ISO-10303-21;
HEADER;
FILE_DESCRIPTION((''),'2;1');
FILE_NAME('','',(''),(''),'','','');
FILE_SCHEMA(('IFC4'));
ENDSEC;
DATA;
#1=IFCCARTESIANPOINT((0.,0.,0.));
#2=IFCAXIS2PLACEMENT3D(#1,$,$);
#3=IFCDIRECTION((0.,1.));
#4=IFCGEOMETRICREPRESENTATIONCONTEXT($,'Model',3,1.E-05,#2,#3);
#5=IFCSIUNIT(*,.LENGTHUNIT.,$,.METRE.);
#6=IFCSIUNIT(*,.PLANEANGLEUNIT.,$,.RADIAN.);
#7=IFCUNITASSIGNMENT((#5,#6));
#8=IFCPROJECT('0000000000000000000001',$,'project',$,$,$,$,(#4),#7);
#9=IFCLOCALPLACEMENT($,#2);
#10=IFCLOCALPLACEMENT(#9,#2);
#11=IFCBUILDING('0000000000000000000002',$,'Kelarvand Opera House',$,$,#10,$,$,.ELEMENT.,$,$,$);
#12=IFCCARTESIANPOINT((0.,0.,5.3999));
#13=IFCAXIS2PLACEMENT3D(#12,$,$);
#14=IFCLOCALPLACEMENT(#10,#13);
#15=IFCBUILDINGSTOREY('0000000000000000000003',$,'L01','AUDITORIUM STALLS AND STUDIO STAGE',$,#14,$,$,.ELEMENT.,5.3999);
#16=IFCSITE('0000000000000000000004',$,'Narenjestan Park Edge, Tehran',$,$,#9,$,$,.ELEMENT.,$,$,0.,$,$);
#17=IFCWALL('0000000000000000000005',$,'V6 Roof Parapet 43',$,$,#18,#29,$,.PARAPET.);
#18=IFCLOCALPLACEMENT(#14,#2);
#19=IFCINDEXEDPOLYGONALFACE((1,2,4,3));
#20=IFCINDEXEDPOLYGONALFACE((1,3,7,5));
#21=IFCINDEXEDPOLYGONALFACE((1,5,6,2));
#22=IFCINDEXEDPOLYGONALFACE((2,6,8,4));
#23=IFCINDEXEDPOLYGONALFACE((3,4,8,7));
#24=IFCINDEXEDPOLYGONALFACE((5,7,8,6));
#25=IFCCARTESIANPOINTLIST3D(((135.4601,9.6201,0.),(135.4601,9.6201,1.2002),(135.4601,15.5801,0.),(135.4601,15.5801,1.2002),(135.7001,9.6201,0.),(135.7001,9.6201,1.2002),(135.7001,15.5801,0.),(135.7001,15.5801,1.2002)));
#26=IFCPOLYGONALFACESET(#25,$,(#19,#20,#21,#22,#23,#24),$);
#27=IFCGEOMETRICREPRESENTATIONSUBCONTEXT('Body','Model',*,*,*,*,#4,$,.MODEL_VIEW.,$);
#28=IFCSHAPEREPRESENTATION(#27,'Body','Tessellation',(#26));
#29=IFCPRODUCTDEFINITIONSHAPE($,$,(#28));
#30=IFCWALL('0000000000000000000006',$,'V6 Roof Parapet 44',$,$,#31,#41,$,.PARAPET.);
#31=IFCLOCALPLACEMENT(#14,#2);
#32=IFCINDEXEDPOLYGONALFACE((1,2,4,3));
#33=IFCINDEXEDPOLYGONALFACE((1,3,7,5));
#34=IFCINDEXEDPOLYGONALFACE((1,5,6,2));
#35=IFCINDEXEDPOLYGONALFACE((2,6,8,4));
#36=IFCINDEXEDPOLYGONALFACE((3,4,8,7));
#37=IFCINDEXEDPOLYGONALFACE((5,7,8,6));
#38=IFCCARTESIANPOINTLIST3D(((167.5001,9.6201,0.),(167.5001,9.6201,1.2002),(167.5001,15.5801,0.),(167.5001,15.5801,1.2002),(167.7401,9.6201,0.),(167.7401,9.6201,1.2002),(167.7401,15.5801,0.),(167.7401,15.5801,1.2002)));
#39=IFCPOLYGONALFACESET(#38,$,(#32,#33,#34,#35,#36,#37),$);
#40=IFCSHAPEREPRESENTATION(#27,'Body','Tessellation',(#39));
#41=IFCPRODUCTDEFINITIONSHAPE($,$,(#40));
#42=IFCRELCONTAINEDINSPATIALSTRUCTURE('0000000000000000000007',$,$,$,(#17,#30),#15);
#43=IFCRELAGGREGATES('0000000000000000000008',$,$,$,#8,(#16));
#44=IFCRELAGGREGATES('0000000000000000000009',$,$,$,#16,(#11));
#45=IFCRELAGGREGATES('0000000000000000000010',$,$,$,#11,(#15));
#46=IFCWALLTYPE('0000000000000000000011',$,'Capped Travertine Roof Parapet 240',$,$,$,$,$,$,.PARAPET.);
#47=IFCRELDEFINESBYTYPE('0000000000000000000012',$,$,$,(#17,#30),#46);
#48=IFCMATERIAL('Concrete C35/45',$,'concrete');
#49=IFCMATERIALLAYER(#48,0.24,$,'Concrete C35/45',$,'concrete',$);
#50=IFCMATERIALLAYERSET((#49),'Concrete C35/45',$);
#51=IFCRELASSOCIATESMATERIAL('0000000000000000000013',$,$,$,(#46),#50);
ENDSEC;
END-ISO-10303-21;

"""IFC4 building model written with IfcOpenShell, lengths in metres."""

from ifc_helpers import new_model, si_unit, direction, frame, frame_2d, origin, place, context, subcontext, project, spatial, rectangle, extrude, material, layer, layer_set, type_object, element, save


model = new_model("IFC4")

# Units and contexts
model_context = context("Model", 3, precision=1e-05, world=origin(), true_north=direction((0.0, 1.0)))
body_context = subcontext(model_context, "Body", "Model", "MODEL_VIEW")
ifc_project = project(units=[si_unit("LENGTHUNIT", "METRE"), si_unit("PLANEANGLEUNIT", "RADIAN")], contexts=[model_context])

# Site, building, storey
site_placement = place(None, origin())
site = spatial("IfcSite", under=ifc_project, at=site_placement, Name="Narenjestan Park Edge, Tehran", CompositionType="ELEMENT", RefElevation=0.0)
building_placement = place(site_placement, origin())
building = spatial("IfcBuilding", under=site, at=building_placement, Name="Kelarvand Opera House", CompositionType="ELEMENT")
storey_placement = place(building_placement, frame((0.0, 0.0, 5.3999)))
storey = spatial("IfcBuildingStorey", under=building, at=storey_placement, Name="L01", Description="AUDITORIUM STALLS AND STUDIO STAGE", CompositionType="ELEMENT", Elevation=5.3999)

# Shared definitions
ifc_material_1 = material(Name="Concrete C35/45", Category="concrete")

# Walls
ifc_layer = layer(ifc_material_1, 0.24, Name="Concrete C35/45", Category="concrete")
ifc_layer_set = layer_set([ifc_layer], Name="Concrete C35/45")
wall_type = type_object("IfcWallType", Name="Capped Travertine Roof Parapet 240", PredefinedType="PARAPET", material=ifc_layer_set)
for number, where, z_axis, x_axis, name in (
    (1, (135.5801, 15.5801, 0.0), (0.0, 0.0, 1.0), (0.0, -1.0, 0.0), "V6 Roof Parapet 43"),
    (2, (167.6201, 9.6201, 0.0), (0.0, 0.0, 1.0), (0.0, 1.0, 0.0), "V6 Roof Parapet 44"),
):
    element("IfcWall", number, at=place(storey_placement, frame(where, z_axis=z_axis, x_axis=x_axis)), inside=storey, type_object=wall_type, Name=name, PredefinedType="PARAPET", context=body_context, shape_type="SweptSolid", body=[
        extrude(rectangle(XDim=5.96, YDim=0.24, at=frame_2d((2.98, 0.0))), origin(), (0.0, 0.0, 1.0), 1.2002),
    ])

save(model, "model.ifc")
